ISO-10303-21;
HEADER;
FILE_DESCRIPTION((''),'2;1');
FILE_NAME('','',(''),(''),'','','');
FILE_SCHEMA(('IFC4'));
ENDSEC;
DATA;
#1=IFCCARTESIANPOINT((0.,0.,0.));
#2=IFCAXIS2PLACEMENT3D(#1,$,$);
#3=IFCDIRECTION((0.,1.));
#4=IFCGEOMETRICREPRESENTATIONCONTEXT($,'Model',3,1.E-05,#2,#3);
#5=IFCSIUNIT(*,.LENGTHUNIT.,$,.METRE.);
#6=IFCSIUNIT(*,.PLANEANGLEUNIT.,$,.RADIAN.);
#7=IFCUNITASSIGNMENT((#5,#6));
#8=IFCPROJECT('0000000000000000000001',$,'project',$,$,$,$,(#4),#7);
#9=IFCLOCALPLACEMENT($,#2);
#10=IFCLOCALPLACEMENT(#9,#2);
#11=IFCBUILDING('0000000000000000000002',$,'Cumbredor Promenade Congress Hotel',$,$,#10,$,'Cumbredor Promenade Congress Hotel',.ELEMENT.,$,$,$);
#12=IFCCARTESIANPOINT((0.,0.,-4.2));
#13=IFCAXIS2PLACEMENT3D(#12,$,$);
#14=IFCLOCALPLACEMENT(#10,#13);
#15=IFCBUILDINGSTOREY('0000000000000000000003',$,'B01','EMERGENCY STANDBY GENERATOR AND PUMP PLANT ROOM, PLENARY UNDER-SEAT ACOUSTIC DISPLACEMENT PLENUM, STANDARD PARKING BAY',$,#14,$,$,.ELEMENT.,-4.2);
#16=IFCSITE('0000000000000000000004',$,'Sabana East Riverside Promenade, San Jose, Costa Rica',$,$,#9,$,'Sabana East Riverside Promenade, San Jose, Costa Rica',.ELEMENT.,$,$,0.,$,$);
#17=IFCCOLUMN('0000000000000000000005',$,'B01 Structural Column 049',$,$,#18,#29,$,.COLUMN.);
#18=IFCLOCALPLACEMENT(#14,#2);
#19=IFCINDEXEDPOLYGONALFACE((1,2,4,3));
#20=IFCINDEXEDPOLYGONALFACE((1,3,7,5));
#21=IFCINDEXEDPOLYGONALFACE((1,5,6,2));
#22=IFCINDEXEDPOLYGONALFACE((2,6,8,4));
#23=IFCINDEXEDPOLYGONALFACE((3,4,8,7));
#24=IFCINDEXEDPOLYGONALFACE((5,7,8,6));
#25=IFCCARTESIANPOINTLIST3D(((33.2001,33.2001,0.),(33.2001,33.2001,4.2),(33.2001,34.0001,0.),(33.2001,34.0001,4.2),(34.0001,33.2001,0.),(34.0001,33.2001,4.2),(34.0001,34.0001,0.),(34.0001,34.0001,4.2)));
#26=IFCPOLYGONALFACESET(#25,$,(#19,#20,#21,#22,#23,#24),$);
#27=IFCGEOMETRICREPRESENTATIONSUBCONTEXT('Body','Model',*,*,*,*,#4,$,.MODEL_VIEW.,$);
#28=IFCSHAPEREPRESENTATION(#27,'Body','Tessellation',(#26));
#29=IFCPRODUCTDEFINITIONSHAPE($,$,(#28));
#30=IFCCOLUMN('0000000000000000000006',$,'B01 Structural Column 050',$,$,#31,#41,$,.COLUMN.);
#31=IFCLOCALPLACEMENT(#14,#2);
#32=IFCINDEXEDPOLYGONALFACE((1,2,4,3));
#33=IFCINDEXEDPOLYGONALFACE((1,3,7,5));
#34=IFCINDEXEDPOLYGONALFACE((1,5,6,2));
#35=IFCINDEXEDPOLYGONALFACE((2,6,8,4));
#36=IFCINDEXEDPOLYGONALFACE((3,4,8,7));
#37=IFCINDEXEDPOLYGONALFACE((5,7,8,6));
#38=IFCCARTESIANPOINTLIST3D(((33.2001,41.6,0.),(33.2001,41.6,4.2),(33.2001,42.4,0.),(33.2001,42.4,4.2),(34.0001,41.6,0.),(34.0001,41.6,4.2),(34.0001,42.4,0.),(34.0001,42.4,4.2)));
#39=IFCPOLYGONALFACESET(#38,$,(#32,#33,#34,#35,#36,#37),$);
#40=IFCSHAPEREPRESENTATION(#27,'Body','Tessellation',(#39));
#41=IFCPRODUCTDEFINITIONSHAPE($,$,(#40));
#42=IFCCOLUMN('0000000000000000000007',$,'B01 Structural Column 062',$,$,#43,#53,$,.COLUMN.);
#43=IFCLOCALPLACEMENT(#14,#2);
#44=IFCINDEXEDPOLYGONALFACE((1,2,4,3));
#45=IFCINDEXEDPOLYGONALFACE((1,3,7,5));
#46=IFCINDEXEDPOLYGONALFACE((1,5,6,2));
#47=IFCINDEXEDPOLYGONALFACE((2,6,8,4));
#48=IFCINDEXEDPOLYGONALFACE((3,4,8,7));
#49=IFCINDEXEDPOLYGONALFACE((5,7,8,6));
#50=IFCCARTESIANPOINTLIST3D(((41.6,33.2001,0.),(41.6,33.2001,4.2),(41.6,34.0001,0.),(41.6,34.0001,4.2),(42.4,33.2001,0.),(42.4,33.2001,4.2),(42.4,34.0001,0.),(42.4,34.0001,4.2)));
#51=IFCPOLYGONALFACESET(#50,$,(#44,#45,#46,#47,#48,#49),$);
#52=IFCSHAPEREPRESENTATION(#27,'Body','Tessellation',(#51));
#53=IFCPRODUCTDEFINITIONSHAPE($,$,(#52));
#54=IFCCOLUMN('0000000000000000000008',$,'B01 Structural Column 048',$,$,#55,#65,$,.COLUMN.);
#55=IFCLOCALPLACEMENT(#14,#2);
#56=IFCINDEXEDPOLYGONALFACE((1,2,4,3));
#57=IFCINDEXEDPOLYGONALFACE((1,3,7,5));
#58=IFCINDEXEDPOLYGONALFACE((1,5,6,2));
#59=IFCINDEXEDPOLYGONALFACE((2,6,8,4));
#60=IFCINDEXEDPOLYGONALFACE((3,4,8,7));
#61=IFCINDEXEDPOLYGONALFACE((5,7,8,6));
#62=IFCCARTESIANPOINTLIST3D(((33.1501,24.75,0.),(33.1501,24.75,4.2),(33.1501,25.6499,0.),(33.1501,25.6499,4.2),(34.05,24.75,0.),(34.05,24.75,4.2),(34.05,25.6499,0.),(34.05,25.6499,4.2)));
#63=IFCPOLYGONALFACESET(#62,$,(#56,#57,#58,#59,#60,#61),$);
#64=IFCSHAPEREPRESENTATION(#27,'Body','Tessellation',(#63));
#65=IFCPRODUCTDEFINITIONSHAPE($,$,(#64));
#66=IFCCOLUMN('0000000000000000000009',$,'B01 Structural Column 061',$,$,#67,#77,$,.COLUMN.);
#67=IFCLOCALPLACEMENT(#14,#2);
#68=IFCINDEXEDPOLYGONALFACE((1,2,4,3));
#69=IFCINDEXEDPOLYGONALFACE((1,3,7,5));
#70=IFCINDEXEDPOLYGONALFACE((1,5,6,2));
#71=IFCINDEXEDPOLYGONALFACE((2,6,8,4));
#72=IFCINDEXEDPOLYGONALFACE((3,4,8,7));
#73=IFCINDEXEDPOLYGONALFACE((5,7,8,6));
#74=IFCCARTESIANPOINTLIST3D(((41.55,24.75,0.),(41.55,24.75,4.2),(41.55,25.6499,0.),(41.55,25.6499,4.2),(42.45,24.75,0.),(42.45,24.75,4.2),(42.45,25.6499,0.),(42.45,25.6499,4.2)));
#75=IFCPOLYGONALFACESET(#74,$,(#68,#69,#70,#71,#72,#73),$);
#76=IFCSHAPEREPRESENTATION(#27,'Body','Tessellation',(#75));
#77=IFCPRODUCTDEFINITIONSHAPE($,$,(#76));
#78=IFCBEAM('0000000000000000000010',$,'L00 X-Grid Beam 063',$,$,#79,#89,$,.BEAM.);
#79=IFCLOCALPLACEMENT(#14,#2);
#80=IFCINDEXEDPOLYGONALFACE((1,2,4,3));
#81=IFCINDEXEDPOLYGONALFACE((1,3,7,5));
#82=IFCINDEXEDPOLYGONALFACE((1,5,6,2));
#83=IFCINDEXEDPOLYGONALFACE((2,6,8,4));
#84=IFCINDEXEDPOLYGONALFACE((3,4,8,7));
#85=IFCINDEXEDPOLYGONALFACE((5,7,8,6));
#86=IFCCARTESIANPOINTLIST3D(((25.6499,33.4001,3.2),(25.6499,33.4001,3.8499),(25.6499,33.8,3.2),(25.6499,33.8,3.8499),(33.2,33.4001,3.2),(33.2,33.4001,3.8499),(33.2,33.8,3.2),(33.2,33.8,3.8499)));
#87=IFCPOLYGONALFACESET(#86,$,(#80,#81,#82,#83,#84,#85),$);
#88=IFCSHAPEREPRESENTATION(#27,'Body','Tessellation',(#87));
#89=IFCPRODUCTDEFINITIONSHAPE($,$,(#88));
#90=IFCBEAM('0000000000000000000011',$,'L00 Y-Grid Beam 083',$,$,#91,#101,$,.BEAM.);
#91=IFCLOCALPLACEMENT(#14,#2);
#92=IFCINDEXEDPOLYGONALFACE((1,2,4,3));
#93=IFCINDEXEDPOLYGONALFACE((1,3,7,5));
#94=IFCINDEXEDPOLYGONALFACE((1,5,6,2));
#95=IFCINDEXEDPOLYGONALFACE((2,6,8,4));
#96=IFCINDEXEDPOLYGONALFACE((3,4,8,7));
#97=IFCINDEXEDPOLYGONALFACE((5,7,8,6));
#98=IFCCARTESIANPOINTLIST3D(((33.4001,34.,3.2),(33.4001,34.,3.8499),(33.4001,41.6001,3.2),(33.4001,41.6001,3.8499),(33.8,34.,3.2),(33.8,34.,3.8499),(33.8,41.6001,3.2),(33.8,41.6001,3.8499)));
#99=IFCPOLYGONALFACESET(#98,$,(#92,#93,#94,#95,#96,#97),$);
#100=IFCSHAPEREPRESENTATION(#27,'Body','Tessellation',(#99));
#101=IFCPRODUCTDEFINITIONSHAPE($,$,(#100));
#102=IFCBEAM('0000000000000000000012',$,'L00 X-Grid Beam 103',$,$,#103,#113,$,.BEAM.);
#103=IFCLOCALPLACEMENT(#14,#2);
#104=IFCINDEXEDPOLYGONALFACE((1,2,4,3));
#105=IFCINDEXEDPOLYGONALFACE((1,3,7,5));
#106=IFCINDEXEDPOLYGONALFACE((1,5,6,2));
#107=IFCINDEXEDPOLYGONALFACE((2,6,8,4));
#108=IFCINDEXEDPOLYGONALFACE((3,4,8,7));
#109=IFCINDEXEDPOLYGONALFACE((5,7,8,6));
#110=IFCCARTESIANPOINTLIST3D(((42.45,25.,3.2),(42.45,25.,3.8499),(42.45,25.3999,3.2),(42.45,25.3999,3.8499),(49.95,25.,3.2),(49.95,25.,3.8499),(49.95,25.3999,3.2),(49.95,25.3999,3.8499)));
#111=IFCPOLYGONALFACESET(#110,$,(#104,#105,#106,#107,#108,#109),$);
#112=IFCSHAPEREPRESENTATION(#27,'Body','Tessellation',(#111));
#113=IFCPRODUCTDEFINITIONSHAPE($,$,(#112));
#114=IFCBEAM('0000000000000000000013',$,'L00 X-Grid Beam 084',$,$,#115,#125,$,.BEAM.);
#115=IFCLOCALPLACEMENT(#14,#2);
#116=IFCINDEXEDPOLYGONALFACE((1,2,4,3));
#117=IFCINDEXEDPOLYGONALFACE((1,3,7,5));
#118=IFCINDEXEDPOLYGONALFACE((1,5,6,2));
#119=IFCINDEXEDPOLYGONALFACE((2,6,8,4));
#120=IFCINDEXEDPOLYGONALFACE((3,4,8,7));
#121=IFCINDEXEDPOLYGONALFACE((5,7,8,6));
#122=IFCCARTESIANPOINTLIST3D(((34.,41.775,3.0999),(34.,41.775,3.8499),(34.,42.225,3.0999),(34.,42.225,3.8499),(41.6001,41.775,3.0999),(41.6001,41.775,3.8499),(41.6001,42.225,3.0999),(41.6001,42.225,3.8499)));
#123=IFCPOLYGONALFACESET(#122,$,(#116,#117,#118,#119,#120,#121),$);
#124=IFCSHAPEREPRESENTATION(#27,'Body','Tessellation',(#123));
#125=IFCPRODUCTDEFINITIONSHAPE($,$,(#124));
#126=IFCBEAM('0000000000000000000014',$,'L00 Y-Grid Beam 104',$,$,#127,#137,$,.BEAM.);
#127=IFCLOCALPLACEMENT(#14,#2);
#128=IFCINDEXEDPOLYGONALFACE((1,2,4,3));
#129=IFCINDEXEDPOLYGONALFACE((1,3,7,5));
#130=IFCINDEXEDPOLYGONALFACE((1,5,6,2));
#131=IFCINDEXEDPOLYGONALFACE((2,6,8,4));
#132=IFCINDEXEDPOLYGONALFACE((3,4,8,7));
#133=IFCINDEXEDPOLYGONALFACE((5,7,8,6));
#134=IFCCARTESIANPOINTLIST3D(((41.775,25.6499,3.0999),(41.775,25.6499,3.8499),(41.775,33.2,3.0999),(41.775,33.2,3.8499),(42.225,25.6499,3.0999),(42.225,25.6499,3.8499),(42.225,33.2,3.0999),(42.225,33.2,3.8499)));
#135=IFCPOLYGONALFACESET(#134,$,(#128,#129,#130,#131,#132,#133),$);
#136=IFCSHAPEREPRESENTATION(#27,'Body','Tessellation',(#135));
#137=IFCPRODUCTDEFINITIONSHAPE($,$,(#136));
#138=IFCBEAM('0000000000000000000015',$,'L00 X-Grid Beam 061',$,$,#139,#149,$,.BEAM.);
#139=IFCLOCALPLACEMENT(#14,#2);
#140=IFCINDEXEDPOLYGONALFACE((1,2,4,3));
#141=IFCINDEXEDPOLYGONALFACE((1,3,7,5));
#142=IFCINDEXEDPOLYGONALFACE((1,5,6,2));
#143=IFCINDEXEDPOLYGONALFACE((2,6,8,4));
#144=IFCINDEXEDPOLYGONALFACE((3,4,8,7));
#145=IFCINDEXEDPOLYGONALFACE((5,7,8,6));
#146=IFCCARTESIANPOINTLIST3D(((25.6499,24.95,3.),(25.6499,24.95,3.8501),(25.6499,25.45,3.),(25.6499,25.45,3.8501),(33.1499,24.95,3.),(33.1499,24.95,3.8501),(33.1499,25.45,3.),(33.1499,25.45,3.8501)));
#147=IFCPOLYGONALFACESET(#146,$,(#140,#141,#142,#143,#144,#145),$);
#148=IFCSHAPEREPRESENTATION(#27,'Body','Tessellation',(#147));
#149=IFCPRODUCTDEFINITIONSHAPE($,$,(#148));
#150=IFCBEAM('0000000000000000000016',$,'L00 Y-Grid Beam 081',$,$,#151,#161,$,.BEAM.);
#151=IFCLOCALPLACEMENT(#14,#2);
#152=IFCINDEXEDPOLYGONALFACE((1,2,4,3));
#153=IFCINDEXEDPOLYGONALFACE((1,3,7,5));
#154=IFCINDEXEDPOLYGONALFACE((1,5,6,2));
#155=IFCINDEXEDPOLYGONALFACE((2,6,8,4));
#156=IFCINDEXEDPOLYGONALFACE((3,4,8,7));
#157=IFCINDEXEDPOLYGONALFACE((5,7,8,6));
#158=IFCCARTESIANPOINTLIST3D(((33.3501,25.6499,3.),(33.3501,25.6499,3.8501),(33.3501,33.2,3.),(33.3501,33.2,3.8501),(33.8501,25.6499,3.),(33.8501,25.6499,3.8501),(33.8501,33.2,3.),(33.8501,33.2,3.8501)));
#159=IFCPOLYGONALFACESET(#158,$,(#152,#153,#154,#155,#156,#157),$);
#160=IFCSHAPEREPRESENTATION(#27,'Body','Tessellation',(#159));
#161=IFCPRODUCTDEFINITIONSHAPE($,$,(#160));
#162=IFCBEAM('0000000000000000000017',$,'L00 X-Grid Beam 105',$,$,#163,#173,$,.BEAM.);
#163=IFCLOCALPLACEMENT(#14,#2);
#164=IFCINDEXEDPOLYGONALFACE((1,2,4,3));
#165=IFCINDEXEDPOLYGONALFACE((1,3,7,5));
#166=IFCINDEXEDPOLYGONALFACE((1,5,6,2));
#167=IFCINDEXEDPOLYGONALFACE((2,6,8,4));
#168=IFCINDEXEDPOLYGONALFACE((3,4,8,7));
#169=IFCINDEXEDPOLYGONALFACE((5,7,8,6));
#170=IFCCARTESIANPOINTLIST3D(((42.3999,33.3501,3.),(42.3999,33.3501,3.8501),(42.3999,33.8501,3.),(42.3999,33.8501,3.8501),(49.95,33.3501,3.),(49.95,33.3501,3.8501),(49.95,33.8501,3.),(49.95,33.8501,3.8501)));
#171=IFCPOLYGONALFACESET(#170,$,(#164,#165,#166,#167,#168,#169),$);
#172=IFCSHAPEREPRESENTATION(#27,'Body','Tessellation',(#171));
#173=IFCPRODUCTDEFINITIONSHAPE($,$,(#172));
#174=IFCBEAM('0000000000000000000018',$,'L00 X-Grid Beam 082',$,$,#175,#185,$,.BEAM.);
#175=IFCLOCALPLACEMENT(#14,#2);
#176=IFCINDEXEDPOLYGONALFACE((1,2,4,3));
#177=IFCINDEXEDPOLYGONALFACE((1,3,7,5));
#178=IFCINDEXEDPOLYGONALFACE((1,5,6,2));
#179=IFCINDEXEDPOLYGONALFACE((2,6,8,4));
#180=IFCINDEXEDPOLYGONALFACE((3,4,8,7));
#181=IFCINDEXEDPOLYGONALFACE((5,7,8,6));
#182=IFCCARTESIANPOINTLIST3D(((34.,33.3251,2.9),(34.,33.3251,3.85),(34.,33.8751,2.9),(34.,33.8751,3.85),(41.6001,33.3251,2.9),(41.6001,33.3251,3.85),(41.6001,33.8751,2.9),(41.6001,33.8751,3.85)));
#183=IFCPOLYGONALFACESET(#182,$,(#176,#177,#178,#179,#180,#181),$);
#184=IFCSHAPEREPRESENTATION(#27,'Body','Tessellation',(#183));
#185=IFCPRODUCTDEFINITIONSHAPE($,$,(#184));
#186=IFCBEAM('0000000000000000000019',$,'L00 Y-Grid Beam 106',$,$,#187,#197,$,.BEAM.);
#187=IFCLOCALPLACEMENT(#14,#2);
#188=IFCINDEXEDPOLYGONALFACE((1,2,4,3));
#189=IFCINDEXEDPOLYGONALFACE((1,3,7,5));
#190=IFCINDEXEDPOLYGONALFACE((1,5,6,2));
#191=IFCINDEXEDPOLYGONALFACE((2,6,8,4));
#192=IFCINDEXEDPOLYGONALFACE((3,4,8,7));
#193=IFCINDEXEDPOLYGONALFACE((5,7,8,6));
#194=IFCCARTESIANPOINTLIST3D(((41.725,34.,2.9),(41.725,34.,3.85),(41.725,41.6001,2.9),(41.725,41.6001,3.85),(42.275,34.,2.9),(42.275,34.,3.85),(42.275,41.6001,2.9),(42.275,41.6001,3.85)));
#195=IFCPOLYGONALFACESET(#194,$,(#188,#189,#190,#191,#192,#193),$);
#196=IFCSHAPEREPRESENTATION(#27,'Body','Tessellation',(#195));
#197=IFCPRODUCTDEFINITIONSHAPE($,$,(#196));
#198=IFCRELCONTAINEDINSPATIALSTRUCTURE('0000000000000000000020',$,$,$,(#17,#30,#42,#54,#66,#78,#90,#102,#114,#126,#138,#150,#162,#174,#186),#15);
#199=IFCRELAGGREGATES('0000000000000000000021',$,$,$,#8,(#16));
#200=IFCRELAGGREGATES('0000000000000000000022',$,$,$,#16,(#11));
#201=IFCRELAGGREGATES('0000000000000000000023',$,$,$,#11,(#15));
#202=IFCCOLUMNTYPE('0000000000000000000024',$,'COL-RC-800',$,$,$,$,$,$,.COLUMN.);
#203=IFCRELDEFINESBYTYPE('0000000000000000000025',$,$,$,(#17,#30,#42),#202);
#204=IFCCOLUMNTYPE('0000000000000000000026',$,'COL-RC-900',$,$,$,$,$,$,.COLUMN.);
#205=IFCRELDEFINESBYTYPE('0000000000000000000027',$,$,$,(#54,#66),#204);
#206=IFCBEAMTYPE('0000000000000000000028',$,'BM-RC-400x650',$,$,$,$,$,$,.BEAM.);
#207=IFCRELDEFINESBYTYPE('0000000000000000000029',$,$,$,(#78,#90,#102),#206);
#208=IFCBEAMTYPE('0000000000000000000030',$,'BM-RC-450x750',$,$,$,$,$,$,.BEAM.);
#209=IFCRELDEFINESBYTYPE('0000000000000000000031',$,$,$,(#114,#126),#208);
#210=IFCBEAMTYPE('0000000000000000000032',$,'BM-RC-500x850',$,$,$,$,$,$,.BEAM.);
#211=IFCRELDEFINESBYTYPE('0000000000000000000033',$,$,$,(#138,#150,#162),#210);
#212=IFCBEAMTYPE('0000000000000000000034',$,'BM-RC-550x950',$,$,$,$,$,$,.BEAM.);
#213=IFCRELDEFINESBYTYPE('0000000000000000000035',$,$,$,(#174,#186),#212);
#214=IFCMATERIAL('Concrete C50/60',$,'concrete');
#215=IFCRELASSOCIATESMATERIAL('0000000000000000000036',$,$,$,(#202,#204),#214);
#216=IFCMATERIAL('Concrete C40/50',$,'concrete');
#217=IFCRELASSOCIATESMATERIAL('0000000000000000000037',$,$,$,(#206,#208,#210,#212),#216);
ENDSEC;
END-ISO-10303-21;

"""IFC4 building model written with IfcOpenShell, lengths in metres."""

from ifc_helpers import new_model, si_unit, direction, frame, origin, origin_2d, place, context, subcontext, project, spatial, rectangle, extrude, material, material_profile, profile_set, type_object, element, save


model = new_model("IFC4")

# Units and contexts
model_context = context("Model", 3, precision=1e-05, world=origin(), true_north=direction((0.0, 1.0)))
body_context = subcontext(model_context, "Body", "Model", "MODEL_VIEW")
ifc_project = project(units=[si_unit("LENGTHUNIT", "METRE"), si_unit("PLANEANGLEUNIT", "RADIAN")], contexts=[model_context])

# Site, building, storey
site_placement = place(None, origin())
site = spatial("IfcSite", under=ifc_project, at=site_placement, Name="Sabana East Riverside Promenade, San Jose, Costa Rica", LongName="Sabana East Riverside Promenade, San Jose, Costa Rica", CompositionType="ELEMENT", RefElevation=0.0)
building_placement = place(site_placement, origin())
building = spatial("IfcBuilding", under=site, at=building_placement, Name="Cumbredor Promenade Congress Hotel", LongName="Cumbredor Promenade Congress Hotel", CompositionType="ELEMENT")
storey_placement = place(building_placement, frame((0.0, 0.0, -4.2)))
storey = spatial("IfcBuildingStorey", under=building, at=storey_placement, Name="B01", Description="EMERGENCY STANDBY GENERATOR AND PUMP PLANT ROOM, PLENARY UNDER-SEAT ACOUSTIC DISPLACEMENT PLENUM, STANDARD PARKING BAY", CompositionType="ELEMENT", Elevation=-4.2)

# Columns
ifc_material_1 = material(Name="Concrete C50/60", Category="concrete")
ifc_material_profile_1 = material_profile(ifc_material_1, rectangle(XDim=0.8, YDim=0.8, at=origin_2d()), Name="RC 800x800")
ifc_profile_set_1 = profile_set([ifc_material_profile_1], Name="Concrete C50/60")
column_type_1 = type_object("IfcColumnType", Name="COL-RC-800", PredefinedType="COLUMN", material=ifc_profile_set_1)
for number, where, z_axis, x_axis, name in (
    (1, (33.6001, 33.6001, 0.0), (0.0, 0.0, 1.0), (1.0, 0.0, 0.0), "B01 Structural Column 049"),
    (2, (33.6001, 42.0, 0.0), (0.0, 0.0, 1.0), (1.0, 0.0, 0.0), "B01 Structural Column 050"),
    (3, (42.0, 33.6001, 0.0), (0.0, 0.0, 1.0), (1.0, 0.0, 0.0), "B01 Structural Column 062"),
):
    element("IfcColumn", number, at=place(storey_placement, frame(where, z_axis=z_axis, x_axis=x_axis)), inside=storey, type_object=column_type_1, Name=name, PredefinedType="COLUMN", context=body_context, shape_type="SweptSolid", body=[
        extrude(rectangle(XDim=0.8, YDim=0.8, at=origin_2d()), origin(), (0.0, 0.0, 1.0), 4.2),
    ])
ifc_material_profile_2 = material_profile(ifc_material_1, rectangle(XDim=0.8999, YDim=0.8999, at=origin_2d()), Name="RC 900x900")
ifc_profile_set_2 = profile_set([ifc_material_profile_2], Name="Concrete C50/60")
column_type_2 = type_object("IfcColumnType", Name="COL-RC-900", PredefinedType="COLUMN", material=ifc_profile_set_2)
for number, where, z_axis, x_axis, name in (
    (4, (33.6001, 25.2, 0.0), (0.0, 0.0, 1.0), (1.0, 0.0, 0.0), "B01 Structural Column 048"),
    (5, (42.0, 25.2, 0.0), (0.0, 0.0, 1.0), (1.0, 0.0, 0.0), "B01 Structural Column 061"),
):
    element("IfcColumn", number, at=place(storey_placement, frame(where, z_axis=z_axis, x_axis=x_axis)), inside=storey, type_object=column_type_2, Name=name, PredefinedType="COLUMN", context=body_context, shape_type="SweptSolid", body=[
        extrude(rectangle(XDim=0.8999, YDim=0.8999, at=origin_2d()), origin(), (0.0, 0.0, 1.0), 4.2),
    ])

# Beams
ifc_material_2 = material(Name="Concrete C40/50", Category="concrete")
ifc_material_profile_3 = material_profile(ifc_material_2, rectangle(XDim=0.3999, YDim=0.6499, at=origin_2d()), Name="RC BEAM 400x650")
ifc_profile_set_3 = profile_set([ifc_material_profile_3], Name="Concrete C40/50")
beam_type_1 = type_object("IfcBeamType", Name="BM-RC-400x650", PredefinedType="BEAM", material=ifc_profile_set_3)
beam_1_placement = place(storey_placement, frame((25.6499, 33.6001, 3.5249), z_axis=(1.0, 0.0, 0.0), x_axis=(0.0, 1.0, 0.0)))
element("IfcBeam", 6, at=beam_1_placement, inside=storey, type_object=beam_type_1, Name="L00 X-Grid Beam 063", PredefinedType="BEAM", context=body_context, shape_type="SweptSolid", body=[
    extrude(rectangle(XDim=0.3999, YDim=0.6499, at=origin_2d()), origin(), (0.0, 0.0, 1.0), 7.55),
])
beam_2_placement = place(storey_placement, frame((33.6001, 34.0, 3.5249), z_axis=(0.0, 1.0, 0.0), x_axis=(-1.0, 0.0, 0.0)))
element("IfcBeam", 7, at=beam_2_placement, inside=storey, type_object=beam_type_1, Name="L00 Y-Grid Beam 083", PredefinedType="BEAM", context=body_context, shape_type="SweptSolid", body=[
    extrude(rectangle(XDim=0.3999, YDim=0.6499, at=origin_2d()), origin(), (0.0, 0.0, 1.0), 7.6001),
])
beam_3_placement = place(storey_placement, frame((42.45, 25.2, 3.5249), z_axis=(1.0, 0.0, 0.0), x_axis=(0.0, 1.0, 0.0)))
element("IfcBeam", 8, at=beam_3_placement, inside=storey, type_object=beam_type_1, Name="L00 X-Grid Beam 103", PredefinedType="BEAM", context=body_context, shape_type="SweptSolid", body=[
    extrude(rectangle(XDim=0.3999, YDim=0.6499, at=origin_2d()), origin(), (0.0, 0.0, 1.0), 7.5),
])
ifc_material_profile_4 = material_profile(ifc_material_2, rectangle(XDim=0.45, YDim=0.75, at=origin_2d()), Name="RC BEAM 450x750")
ifc_profile_set_4 = profile_set([ifc_material_profile_4], Name="Concrete C40/50")
beam_type_2 = type_object("IfcBeamType", Name="BM-RC-450x750", PredefinedType="BEAM", material=ifc_profile_set_4)
beam_4_placement = place(storey_placement, frame((34.0, 42.0, 3.4749), z_axis=(1.0, 0.0, 0.0), x_axis=(0.0, 1.0, 0.0)))
element("IfcBeam", 9, at=beam_4_placement, inside=storey, type_object=beam_type_2, Name="L00 X-Grid Beam 084", PredefinedType="BEAM", context=body_context, shape_type="SweptSolid", body=[
    extrude(rectangle(XDim=0.45, YDim=0.75, at=origin_2d()), origin(), (0.0, 0.0, 1.0), 7.6001),
])
beam_5_placement = place(storey_placement, frame((42.0, 25.6499, 3.4749), z_axis=(0.0, 1.0, 0.0), x_axis=(-1.0, 0.0, 0.0)))
element("IfcBeam", 10, at=beam_5_placement, inside=storey, type_object=beam_type_2, Name="L00 Y-Grid Beam 104", PredefinedType="BEAM", context=body_context, shape_type="SweptSolid", body=[
    extrude(rectangle(XDim=0.45, YDim=0.75, at=origin_2d()), origin(), (0.0, 0.0, 1.0), 7.55),
])
ifc_material_profile_5 = material_profile(ifc_material_2, rectangle(XDim=0.5, YDim=0.8501, at=origin_2d()), Name="RC BEAM 500x850")
ifc_profile_set_5 = profile_set([ifc_material_profile_5], Name="Concrete C40/50")
beam_type_3 = type_object("IfcBeamType", Name="BM-RC-500x850", PredefinedType="BEAM", material=ifc_profile_set_5)
beam_6_placement = place(storey_placement, frame((25.6499, 25.2, 3.425), z_axis=(1.0, 0.0, 0.0), x_axis=(0.0, 1.0, 0.0)))
element("IfcBeam", 11, at=beam_6_placement, inside=storey, type_object=beam_type_3, Name="L00 X-Grid Beam 061", PredefinedType="BEAM", context=body_context, shape_type="SweptSolid", body=[
    extrude(rectangle(XDim=0.5, YDim=0.8501, at=origin_2d()), origin(), (0.0, 0.0, 1.0), 7.5),
])
for number, where, z_axis, x_axis, name in (
    (12, (33.6001, 25.6499, 3.425), (0.0, 1.0, 0.0), (-1.0, 0.0, 0.0), "L00 Y-Grid Beam 081"),
    (13, (42.3999, 33.6001, 3.425), (1.0, 0.0, 0.0), (0.0, 1.0, 0.0), "L00 X-Grid Beam 105"),
):
    element("IfcBeam", number, at=place(storey_placement, frame(where, z_axis=z_axis, x_axis=x_axis)), inside=storey, type_object=beam_type_3, Name=name, PredefinedType="BEAM", context=body_context, shape_type="SweptSolid", body=[
        extrude(rectangle(XDim=0.5, YDim=0.8501, at=origin_2d()), origin(), (0.0, 0.0, 1.0), 7.55),
    ])
ifc_material_profile_6 = material_profile(ifc_material_2, rectangle(XDim=0.55, YDim=0.95, at=origin_2d()), Name="RC BEAM 550x950")
ifc_profile_set_6 = profile_set([ifc_material_profile_6], Name="Concrete C40/50")
beam_type_4 = type_object("IfcBeamType", Name="BM-RC-550x950", PredefinedType="BEAM", material=ifc_profile_set_6)
for number, where, z_axis, x_axis, name in (
    (14, (34.0, 33.6001, 3.375), (1.0, 0.0, 0.0), (0.0, 1.0, 0.0), "L00 X-Grid Beam 082"),
    (15, (42.0, 34.0, 3.375), (0.0, 1.0, 0.0), (-1.0, 0.0, 0.0), "L00 Y-Grid Beam 106"),
):
    element("IfcBeam", number, at=place(storey_placement, frame(where, z_axis=z_axis, x_axis=x_axis)), inside=storey, type_object=beam_type_4, Name=name, PredefinedType="BEAM", context=body_context, shape_type="SweptSolid", body=[
        extrude(rectangle(XDim=0.55, YDim=0.95, at=origin_2d()), origin(), (0.0, 0.0, 1.0), 7.6001),
    ])

save(model, "model.ifc")
